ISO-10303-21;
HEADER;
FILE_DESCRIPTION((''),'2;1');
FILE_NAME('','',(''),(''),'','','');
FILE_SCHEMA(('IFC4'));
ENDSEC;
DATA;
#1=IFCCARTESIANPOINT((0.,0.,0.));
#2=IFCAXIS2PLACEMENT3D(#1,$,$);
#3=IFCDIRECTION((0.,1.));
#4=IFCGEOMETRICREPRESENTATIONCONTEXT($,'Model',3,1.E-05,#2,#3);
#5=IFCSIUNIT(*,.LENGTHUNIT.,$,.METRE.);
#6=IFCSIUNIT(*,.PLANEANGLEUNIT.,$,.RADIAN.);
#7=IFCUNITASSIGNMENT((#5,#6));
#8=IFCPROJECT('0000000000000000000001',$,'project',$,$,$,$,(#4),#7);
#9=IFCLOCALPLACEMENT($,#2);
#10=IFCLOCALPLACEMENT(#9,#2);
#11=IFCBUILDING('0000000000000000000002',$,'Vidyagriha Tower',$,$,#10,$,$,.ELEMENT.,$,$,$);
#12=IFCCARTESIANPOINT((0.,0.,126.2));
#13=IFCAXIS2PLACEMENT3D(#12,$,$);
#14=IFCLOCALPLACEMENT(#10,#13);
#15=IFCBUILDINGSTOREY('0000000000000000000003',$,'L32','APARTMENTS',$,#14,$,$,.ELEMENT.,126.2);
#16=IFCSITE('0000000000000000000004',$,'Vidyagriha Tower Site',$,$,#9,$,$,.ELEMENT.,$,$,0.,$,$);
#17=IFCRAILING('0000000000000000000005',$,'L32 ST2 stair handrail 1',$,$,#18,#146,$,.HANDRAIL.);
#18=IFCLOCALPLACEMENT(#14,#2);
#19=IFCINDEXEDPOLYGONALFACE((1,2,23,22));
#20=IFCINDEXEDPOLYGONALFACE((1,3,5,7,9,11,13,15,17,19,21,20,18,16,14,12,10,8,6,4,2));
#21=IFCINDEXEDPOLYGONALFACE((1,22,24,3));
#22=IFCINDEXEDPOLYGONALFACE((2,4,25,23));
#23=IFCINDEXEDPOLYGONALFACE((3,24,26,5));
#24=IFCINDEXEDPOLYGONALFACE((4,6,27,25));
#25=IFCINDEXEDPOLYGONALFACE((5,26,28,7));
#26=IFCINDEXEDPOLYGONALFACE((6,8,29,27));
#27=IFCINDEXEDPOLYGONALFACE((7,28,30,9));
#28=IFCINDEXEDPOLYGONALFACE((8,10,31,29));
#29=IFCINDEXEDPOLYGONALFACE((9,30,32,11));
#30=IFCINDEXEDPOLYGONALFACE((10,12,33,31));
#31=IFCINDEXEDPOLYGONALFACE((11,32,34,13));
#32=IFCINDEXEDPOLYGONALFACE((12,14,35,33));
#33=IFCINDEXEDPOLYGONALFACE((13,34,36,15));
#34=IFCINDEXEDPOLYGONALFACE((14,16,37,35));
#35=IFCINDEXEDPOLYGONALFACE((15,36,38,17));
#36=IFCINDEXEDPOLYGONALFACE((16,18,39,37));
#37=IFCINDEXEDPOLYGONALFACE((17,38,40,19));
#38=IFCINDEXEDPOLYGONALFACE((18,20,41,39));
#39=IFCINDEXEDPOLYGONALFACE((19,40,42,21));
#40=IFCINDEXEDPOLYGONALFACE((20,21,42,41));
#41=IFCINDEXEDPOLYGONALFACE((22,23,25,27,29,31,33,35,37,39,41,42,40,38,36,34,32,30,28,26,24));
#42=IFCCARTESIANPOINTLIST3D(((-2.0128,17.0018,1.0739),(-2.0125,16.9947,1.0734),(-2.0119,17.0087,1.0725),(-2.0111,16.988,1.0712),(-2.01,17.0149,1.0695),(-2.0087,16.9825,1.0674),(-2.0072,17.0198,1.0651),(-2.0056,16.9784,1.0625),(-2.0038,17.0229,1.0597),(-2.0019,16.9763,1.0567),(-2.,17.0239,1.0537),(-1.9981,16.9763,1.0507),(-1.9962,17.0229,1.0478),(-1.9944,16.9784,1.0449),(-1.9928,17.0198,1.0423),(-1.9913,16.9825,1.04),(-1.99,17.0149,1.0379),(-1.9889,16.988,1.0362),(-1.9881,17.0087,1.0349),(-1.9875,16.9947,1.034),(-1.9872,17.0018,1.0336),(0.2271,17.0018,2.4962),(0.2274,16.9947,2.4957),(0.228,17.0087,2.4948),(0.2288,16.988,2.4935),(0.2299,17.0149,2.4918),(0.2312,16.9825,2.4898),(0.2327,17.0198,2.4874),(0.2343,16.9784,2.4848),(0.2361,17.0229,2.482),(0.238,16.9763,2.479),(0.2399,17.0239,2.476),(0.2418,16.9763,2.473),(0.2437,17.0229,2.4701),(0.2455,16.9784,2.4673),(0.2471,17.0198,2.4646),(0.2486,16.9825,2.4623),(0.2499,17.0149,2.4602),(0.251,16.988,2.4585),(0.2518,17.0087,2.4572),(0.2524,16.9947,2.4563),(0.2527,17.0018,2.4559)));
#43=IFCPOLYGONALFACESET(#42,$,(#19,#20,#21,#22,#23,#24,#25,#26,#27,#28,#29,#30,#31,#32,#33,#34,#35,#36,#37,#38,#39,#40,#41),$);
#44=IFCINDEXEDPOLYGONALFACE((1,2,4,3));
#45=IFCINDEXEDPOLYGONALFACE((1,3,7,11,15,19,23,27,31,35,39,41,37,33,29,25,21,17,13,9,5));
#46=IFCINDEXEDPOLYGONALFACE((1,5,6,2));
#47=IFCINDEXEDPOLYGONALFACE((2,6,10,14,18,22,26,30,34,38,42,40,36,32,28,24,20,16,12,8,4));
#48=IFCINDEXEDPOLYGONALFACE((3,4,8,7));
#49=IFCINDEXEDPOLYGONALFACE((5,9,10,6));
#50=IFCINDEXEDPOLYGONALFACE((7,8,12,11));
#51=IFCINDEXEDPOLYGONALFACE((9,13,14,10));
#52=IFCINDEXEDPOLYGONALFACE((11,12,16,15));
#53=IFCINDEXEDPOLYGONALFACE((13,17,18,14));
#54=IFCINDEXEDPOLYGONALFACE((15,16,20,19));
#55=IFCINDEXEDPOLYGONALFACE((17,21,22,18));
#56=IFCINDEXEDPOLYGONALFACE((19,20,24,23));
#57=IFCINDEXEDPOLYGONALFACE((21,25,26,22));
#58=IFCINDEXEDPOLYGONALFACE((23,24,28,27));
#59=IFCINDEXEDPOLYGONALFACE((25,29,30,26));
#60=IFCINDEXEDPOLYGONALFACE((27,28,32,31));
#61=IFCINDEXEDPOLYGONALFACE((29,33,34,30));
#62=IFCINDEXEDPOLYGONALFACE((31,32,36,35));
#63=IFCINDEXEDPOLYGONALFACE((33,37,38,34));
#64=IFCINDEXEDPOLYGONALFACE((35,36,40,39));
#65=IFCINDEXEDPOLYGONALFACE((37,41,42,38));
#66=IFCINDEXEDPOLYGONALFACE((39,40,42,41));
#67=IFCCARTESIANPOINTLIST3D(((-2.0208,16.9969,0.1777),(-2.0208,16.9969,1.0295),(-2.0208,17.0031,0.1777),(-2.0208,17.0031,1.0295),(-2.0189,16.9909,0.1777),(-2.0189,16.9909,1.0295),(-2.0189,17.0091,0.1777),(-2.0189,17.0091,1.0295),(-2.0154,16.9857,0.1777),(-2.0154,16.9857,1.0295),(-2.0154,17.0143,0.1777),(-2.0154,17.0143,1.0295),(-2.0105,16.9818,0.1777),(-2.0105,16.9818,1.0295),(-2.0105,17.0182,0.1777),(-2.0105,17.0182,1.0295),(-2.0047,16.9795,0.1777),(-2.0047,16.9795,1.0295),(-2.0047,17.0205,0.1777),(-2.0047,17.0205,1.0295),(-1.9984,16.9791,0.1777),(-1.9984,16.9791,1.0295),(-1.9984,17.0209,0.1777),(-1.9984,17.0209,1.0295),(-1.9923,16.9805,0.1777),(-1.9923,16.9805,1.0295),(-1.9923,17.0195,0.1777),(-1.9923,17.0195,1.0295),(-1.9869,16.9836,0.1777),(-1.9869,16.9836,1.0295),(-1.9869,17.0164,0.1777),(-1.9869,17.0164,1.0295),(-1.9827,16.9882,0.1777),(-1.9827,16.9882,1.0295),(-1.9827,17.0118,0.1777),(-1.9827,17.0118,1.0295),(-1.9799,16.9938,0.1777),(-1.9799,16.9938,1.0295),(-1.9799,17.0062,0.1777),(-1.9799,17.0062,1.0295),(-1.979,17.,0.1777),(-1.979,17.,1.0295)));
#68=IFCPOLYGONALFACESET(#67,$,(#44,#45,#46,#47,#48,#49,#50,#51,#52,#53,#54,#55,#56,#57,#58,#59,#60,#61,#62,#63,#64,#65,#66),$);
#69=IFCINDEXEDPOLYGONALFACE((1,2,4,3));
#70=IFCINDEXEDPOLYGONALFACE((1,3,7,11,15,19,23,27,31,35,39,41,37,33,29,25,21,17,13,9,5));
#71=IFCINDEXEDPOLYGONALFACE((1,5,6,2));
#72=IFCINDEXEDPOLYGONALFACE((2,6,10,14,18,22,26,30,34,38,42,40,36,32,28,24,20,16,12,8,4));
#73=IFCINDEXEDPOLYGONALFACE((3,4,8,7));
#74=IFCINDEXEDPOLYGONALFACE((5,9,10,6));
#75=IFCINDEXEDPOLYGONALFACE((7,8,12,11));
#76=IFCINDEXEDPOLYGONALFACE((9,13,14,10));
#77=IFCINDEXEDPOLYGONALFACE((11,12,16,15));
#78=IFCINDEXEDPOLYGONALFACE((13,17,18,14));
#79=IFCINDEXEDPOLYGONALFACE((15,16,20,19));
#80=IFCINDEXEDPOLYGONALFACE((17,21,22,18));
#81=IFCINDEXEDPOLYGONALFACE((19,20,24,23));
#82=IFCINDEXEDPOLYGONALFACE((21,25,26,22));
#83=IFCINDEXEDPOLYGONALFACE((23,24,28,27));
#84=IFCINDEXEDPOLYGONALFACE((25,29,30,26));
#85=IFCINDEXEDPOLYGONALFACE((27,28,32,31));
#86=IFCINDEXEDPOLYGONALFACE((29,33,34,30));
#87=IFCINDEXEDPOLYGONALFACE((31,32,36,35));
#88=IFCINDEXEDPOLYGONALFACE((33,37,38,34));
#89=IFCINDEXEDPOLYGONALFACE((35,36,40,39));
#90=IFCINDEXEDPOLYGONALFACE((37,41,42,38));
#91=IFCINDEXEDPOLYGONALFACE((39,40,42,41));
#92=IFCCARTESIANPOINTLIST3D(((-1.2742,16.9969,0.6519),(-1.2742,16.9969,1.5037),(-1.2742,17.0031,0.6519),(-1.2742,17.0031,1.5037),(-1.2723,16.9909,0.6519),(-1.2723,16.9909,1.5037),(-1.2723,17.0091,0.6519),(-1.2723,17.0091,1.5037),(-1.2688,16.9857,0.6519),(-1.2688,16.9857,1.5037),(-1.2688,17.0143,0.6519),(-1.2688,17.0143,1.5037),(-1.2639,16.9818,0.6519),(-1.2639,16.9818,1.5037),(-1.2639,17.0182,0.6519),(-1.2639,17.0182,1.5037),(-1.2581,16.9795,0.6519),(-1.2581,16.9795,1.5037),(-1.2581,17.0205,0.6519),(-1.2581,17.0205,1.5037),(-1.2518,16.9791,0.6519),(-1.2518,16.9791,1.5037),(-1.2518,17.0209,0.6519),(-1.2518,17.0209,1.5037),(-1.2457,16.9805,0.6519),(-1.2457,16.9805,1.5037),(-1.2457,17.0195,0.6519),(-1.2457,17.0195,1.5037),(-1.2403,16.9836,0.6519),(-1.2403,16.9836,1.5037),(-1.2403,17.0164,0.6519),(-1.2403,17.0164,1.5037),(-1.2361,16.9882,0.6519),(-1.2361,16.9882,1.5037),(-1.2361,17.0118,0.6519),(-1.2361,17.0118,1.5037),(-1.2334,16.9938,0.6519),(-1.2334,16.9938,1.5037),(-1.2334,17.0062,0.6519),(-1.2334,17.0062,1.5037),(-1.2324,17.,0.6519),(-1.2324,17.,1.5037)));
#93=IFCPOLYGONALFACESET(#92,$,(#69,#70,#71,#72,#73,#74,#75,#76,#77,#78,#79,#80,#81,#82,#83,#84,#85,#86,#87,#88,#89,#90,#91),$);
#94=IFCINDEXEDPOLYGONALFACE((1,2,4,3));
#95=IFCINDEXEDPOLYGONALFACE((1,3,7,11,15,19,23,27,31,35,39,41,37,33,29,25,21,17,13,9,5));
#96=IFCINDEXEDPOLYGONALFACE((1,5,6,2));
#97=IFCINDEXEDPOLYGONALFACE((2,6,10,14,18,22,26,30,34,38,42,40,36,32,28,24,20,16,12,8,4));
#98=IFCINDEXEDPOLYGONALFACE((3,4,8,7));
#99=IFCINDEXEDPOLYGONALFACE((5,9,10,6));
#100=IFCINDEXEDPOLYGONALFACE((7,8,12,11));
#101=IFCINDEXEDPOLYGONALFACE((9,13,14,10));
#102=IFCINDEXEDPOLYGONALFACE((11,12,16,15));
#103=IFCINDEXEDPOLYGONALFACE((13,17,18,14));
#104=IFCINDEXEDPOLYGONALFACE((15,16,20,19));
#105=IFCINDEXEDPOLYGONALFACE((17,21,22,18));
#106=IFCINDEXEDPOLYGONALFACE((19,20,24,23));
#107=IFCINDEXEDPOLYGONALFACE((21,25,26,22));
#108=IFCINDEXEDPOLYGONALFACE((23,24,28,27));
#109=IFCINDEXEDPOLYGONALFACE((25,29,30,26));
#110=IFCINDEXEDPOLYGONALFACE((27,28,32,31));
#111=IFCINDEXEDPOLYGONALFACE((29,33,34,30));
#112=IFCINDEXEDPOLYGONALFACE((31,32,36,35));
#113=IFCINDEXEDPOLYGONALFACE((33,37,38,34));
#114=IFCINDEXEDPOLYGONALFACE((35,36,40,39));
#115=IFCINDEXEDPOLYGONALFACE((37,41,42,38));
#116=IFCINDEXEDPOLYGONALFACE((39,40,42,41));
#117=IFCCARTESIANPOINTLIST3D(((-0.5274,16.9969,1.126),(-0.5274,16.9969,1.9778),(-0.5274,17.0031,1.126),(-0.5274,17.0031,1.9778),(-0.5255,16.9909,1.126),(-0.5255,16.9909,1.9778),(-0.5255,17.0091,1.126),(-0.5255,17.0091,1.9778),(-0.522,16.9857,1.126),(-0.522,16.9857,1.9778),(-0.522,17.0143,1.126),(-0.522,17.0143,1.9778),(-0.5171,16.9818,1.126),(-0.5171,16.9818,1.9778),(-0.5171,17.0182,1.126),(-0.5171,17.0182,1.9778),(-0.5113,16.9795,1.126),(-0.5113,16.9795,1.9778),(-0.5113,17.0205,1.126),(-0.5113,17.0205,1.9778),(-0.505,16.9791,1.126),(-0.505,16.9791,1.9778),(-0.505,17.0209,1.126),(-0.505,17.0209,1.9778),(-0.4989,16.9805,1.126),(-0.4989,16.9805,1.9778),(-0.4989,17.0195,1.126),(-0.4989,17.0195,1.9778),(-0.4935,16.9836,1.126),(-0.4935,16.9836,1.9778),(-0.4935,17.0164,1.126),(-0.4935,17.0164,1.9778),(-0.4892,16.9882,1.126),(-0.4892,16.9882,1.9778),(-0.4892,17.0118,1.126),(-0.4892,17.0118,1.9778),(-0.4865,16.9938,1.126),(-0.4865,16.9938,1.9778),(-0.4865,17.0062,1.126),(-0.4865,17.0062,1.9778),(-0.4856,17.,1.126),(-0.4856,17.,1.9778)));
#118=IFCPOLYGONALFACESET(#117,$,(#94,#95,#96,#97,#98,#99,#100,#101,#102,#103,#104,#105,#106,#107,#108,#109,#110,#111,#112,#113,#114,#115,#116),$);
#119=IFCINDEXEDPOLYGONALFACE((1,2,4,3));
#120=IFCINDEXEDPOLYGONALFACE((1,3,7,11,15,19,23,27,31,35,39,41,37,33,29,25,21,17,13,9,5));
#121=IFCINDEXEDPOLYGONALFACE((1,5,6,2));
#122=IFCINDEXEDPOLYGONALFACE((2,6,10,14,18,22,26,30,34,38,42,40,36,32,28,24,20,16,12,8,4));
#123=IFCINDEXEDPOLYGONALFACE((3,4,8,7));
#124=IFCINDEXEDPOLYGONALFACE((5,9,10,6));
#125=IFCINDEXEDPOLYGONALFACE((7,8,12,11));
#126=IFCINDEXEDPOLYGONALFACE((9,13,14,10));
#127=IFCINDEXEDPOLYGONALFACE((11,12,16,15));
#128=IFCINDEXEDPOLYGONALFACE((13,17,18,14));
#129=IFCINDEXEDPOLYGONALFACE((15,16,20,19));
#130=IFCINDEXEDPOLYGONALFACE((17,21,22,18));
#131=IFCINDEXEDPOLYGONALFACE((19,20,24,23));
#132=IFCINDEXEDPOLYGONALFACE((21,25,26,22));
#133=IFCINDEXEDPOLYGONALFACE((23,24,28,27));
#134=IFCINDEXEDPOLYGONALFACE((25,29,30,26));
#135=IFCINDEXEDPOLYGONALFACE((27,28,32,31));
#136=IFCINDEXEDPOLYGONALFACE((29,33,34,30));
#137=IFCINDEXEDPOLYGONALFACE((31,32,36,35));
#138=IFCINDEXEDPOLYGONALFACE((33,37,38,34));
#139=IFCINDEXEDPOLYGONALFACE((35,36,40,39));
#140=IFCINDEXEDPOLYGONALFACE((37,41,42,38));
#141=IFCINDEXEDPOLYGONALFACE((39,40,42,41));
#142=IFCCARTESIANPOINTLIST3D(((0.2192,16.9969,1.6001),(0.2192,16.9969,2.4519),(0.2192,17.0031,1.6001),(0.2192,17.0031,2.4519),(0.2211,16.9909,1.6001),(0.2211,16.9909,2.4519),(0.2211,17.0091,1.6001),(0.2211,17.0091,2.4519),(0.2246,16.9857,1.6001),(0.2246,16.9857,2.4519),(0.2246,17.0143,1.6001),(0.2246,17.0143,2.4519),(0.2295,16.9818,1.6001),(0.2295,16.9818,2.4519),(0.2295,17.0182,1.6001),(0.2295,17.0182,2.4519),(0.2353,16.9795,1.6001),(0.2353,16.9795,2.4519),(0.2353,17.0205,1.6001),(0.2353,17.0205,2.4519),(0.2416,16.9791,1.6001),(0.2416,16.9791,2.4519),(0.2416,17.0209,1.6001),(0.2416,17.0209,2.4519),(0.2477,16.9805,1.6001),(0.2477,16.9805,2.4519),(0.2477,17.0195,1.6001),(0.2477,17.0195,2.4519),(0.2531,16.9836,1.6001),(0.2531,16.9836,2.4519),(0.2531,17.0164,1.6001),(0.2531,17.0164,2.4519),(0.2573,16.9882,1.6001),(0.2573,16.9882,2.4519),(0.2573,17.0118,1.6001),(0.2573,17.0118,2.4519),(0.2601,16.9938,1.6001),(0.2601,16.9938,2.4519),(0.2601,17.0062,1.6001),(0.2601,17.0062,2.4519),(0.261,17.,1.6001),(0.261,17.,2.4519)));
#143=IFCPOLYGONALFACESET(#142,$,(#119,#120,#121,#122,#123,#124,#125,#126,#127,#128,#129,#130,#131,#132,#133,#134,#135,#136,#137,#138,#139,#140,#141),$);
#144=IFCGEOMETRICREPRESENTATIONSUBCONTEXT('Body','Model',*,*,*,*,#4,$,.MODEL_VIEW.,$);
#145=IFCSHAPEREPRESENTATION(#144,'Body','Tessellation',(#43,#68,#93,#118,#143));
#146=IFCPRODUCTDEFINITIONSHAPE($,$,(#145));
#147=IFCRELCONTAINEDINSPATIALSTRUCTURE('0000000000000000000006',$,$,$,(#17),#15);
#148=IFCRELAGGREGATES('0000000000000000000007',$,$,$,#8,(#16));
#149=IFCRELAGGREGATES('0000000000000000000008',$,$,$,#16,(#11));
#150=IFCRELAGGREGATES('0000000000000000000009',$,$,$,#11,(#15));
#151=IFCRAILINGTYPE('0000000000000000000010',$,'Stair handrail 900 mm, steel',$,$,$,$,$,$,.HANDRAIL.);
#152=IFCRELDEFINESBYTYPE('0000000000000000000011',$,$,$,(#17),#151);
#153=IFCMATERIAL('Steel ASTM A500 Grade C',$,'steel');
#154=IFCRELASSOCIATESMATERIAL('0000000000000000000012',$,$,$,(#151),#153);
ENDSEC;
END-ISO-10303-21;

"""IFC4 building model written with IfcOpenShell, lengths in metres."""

from ifc_helpers import new_model, si_unit, direction, frame, origin, origin_2d, place, context, subcontext, project, spatial, circle, extrude, material, type_object, element, save


model = new_model("IFC4")

# Units and contexts
model_context = context("Model", 3, precision=1e-05, world=origin(), true_north=direction((0.0, 1.0)))
body_context = subcontext(model_context, "Body", "Model", "MODEL_VIEW")
ifc_project = project(units=[si_unit("LENGTHUNIT", "METRE"), si_unit("PLANEANGLEUNIT", "RADIAN")], contexts=[model_context])

# Site, building, storey
site_placement = place(None, origin())
site = spatial("IfcSite", under=ifc_project, at=site_placement, Name="Vidyagriha Tower Site", CompositionType="ELEMENT", RefElevation=0.0)
building_placement = place(site_placement, origin())
building = spatial("IfcBuilding", under=site, at=building_placement, Name="Vidyagriha Tower", CompositionType="ELEMENT")
storey_placement = place(building_placement, frame((0.0, 0.0, 126.2)))
storey = spatial("IfcBuildingStorey", under=building, at=storey_placement, Name="L32", Description="APARTMENTS", CompositionType="ELEMENT", Elevation=126.2)

# Railing
ifc_material_1 = material(Name="Steel ASTM A500 Grade C", Category="steel")
railing_type_1 = type_object("IfcRailingType", Name="Stair handrail 900 mm, steel", PredefinedType="HANDRAIL", material=ifc_material_1)
railing_1_placement = place(storey_placement, frame((-2.0, 17.0, 0.1777)))
element("IfcRailing", 1, at=railing_1_placement, inside=storey, type_object=railing_type_1, Name="L32 ST2 stair handrail 1", PredefinedType="HANDRAIL", context=body_context, shape_type="SweptSolid", body=[
    extrude(circle(Radius=0.0239, at=origin_2d()), frame((0.0, 0.0, 0.876), z_axis=(0.844188, 0.0, 0.536048), x_axis=(0.0, 1.0, 0.0)), (0.0, 0.0, 1.0), 2.6533),
    extrude(circle(Radius=0.021, at=origin_2d()), origin(), (0.0, 0.0, 1.0), 0.8518),
    extrude(circle(Radius=0.021, at=origin_2d()), frame((0.7466, 0.0, 0.4741)), (0.0, 0.0, 1.0), 0.8518),
    extrude(circle(Radius=0.021, at=origin_2d()), frame((1.4934, 0.0, 0.9482)), (0.0, 0.0, 1.0), 0.8518),
    extrude(circle(Radius=0.021, at=origin_2d()), frame((2.24, 0.0, 1.4224)), (0.0, 0.0, 1.0), 0.8518),
])

save(model, "model.ifc")
